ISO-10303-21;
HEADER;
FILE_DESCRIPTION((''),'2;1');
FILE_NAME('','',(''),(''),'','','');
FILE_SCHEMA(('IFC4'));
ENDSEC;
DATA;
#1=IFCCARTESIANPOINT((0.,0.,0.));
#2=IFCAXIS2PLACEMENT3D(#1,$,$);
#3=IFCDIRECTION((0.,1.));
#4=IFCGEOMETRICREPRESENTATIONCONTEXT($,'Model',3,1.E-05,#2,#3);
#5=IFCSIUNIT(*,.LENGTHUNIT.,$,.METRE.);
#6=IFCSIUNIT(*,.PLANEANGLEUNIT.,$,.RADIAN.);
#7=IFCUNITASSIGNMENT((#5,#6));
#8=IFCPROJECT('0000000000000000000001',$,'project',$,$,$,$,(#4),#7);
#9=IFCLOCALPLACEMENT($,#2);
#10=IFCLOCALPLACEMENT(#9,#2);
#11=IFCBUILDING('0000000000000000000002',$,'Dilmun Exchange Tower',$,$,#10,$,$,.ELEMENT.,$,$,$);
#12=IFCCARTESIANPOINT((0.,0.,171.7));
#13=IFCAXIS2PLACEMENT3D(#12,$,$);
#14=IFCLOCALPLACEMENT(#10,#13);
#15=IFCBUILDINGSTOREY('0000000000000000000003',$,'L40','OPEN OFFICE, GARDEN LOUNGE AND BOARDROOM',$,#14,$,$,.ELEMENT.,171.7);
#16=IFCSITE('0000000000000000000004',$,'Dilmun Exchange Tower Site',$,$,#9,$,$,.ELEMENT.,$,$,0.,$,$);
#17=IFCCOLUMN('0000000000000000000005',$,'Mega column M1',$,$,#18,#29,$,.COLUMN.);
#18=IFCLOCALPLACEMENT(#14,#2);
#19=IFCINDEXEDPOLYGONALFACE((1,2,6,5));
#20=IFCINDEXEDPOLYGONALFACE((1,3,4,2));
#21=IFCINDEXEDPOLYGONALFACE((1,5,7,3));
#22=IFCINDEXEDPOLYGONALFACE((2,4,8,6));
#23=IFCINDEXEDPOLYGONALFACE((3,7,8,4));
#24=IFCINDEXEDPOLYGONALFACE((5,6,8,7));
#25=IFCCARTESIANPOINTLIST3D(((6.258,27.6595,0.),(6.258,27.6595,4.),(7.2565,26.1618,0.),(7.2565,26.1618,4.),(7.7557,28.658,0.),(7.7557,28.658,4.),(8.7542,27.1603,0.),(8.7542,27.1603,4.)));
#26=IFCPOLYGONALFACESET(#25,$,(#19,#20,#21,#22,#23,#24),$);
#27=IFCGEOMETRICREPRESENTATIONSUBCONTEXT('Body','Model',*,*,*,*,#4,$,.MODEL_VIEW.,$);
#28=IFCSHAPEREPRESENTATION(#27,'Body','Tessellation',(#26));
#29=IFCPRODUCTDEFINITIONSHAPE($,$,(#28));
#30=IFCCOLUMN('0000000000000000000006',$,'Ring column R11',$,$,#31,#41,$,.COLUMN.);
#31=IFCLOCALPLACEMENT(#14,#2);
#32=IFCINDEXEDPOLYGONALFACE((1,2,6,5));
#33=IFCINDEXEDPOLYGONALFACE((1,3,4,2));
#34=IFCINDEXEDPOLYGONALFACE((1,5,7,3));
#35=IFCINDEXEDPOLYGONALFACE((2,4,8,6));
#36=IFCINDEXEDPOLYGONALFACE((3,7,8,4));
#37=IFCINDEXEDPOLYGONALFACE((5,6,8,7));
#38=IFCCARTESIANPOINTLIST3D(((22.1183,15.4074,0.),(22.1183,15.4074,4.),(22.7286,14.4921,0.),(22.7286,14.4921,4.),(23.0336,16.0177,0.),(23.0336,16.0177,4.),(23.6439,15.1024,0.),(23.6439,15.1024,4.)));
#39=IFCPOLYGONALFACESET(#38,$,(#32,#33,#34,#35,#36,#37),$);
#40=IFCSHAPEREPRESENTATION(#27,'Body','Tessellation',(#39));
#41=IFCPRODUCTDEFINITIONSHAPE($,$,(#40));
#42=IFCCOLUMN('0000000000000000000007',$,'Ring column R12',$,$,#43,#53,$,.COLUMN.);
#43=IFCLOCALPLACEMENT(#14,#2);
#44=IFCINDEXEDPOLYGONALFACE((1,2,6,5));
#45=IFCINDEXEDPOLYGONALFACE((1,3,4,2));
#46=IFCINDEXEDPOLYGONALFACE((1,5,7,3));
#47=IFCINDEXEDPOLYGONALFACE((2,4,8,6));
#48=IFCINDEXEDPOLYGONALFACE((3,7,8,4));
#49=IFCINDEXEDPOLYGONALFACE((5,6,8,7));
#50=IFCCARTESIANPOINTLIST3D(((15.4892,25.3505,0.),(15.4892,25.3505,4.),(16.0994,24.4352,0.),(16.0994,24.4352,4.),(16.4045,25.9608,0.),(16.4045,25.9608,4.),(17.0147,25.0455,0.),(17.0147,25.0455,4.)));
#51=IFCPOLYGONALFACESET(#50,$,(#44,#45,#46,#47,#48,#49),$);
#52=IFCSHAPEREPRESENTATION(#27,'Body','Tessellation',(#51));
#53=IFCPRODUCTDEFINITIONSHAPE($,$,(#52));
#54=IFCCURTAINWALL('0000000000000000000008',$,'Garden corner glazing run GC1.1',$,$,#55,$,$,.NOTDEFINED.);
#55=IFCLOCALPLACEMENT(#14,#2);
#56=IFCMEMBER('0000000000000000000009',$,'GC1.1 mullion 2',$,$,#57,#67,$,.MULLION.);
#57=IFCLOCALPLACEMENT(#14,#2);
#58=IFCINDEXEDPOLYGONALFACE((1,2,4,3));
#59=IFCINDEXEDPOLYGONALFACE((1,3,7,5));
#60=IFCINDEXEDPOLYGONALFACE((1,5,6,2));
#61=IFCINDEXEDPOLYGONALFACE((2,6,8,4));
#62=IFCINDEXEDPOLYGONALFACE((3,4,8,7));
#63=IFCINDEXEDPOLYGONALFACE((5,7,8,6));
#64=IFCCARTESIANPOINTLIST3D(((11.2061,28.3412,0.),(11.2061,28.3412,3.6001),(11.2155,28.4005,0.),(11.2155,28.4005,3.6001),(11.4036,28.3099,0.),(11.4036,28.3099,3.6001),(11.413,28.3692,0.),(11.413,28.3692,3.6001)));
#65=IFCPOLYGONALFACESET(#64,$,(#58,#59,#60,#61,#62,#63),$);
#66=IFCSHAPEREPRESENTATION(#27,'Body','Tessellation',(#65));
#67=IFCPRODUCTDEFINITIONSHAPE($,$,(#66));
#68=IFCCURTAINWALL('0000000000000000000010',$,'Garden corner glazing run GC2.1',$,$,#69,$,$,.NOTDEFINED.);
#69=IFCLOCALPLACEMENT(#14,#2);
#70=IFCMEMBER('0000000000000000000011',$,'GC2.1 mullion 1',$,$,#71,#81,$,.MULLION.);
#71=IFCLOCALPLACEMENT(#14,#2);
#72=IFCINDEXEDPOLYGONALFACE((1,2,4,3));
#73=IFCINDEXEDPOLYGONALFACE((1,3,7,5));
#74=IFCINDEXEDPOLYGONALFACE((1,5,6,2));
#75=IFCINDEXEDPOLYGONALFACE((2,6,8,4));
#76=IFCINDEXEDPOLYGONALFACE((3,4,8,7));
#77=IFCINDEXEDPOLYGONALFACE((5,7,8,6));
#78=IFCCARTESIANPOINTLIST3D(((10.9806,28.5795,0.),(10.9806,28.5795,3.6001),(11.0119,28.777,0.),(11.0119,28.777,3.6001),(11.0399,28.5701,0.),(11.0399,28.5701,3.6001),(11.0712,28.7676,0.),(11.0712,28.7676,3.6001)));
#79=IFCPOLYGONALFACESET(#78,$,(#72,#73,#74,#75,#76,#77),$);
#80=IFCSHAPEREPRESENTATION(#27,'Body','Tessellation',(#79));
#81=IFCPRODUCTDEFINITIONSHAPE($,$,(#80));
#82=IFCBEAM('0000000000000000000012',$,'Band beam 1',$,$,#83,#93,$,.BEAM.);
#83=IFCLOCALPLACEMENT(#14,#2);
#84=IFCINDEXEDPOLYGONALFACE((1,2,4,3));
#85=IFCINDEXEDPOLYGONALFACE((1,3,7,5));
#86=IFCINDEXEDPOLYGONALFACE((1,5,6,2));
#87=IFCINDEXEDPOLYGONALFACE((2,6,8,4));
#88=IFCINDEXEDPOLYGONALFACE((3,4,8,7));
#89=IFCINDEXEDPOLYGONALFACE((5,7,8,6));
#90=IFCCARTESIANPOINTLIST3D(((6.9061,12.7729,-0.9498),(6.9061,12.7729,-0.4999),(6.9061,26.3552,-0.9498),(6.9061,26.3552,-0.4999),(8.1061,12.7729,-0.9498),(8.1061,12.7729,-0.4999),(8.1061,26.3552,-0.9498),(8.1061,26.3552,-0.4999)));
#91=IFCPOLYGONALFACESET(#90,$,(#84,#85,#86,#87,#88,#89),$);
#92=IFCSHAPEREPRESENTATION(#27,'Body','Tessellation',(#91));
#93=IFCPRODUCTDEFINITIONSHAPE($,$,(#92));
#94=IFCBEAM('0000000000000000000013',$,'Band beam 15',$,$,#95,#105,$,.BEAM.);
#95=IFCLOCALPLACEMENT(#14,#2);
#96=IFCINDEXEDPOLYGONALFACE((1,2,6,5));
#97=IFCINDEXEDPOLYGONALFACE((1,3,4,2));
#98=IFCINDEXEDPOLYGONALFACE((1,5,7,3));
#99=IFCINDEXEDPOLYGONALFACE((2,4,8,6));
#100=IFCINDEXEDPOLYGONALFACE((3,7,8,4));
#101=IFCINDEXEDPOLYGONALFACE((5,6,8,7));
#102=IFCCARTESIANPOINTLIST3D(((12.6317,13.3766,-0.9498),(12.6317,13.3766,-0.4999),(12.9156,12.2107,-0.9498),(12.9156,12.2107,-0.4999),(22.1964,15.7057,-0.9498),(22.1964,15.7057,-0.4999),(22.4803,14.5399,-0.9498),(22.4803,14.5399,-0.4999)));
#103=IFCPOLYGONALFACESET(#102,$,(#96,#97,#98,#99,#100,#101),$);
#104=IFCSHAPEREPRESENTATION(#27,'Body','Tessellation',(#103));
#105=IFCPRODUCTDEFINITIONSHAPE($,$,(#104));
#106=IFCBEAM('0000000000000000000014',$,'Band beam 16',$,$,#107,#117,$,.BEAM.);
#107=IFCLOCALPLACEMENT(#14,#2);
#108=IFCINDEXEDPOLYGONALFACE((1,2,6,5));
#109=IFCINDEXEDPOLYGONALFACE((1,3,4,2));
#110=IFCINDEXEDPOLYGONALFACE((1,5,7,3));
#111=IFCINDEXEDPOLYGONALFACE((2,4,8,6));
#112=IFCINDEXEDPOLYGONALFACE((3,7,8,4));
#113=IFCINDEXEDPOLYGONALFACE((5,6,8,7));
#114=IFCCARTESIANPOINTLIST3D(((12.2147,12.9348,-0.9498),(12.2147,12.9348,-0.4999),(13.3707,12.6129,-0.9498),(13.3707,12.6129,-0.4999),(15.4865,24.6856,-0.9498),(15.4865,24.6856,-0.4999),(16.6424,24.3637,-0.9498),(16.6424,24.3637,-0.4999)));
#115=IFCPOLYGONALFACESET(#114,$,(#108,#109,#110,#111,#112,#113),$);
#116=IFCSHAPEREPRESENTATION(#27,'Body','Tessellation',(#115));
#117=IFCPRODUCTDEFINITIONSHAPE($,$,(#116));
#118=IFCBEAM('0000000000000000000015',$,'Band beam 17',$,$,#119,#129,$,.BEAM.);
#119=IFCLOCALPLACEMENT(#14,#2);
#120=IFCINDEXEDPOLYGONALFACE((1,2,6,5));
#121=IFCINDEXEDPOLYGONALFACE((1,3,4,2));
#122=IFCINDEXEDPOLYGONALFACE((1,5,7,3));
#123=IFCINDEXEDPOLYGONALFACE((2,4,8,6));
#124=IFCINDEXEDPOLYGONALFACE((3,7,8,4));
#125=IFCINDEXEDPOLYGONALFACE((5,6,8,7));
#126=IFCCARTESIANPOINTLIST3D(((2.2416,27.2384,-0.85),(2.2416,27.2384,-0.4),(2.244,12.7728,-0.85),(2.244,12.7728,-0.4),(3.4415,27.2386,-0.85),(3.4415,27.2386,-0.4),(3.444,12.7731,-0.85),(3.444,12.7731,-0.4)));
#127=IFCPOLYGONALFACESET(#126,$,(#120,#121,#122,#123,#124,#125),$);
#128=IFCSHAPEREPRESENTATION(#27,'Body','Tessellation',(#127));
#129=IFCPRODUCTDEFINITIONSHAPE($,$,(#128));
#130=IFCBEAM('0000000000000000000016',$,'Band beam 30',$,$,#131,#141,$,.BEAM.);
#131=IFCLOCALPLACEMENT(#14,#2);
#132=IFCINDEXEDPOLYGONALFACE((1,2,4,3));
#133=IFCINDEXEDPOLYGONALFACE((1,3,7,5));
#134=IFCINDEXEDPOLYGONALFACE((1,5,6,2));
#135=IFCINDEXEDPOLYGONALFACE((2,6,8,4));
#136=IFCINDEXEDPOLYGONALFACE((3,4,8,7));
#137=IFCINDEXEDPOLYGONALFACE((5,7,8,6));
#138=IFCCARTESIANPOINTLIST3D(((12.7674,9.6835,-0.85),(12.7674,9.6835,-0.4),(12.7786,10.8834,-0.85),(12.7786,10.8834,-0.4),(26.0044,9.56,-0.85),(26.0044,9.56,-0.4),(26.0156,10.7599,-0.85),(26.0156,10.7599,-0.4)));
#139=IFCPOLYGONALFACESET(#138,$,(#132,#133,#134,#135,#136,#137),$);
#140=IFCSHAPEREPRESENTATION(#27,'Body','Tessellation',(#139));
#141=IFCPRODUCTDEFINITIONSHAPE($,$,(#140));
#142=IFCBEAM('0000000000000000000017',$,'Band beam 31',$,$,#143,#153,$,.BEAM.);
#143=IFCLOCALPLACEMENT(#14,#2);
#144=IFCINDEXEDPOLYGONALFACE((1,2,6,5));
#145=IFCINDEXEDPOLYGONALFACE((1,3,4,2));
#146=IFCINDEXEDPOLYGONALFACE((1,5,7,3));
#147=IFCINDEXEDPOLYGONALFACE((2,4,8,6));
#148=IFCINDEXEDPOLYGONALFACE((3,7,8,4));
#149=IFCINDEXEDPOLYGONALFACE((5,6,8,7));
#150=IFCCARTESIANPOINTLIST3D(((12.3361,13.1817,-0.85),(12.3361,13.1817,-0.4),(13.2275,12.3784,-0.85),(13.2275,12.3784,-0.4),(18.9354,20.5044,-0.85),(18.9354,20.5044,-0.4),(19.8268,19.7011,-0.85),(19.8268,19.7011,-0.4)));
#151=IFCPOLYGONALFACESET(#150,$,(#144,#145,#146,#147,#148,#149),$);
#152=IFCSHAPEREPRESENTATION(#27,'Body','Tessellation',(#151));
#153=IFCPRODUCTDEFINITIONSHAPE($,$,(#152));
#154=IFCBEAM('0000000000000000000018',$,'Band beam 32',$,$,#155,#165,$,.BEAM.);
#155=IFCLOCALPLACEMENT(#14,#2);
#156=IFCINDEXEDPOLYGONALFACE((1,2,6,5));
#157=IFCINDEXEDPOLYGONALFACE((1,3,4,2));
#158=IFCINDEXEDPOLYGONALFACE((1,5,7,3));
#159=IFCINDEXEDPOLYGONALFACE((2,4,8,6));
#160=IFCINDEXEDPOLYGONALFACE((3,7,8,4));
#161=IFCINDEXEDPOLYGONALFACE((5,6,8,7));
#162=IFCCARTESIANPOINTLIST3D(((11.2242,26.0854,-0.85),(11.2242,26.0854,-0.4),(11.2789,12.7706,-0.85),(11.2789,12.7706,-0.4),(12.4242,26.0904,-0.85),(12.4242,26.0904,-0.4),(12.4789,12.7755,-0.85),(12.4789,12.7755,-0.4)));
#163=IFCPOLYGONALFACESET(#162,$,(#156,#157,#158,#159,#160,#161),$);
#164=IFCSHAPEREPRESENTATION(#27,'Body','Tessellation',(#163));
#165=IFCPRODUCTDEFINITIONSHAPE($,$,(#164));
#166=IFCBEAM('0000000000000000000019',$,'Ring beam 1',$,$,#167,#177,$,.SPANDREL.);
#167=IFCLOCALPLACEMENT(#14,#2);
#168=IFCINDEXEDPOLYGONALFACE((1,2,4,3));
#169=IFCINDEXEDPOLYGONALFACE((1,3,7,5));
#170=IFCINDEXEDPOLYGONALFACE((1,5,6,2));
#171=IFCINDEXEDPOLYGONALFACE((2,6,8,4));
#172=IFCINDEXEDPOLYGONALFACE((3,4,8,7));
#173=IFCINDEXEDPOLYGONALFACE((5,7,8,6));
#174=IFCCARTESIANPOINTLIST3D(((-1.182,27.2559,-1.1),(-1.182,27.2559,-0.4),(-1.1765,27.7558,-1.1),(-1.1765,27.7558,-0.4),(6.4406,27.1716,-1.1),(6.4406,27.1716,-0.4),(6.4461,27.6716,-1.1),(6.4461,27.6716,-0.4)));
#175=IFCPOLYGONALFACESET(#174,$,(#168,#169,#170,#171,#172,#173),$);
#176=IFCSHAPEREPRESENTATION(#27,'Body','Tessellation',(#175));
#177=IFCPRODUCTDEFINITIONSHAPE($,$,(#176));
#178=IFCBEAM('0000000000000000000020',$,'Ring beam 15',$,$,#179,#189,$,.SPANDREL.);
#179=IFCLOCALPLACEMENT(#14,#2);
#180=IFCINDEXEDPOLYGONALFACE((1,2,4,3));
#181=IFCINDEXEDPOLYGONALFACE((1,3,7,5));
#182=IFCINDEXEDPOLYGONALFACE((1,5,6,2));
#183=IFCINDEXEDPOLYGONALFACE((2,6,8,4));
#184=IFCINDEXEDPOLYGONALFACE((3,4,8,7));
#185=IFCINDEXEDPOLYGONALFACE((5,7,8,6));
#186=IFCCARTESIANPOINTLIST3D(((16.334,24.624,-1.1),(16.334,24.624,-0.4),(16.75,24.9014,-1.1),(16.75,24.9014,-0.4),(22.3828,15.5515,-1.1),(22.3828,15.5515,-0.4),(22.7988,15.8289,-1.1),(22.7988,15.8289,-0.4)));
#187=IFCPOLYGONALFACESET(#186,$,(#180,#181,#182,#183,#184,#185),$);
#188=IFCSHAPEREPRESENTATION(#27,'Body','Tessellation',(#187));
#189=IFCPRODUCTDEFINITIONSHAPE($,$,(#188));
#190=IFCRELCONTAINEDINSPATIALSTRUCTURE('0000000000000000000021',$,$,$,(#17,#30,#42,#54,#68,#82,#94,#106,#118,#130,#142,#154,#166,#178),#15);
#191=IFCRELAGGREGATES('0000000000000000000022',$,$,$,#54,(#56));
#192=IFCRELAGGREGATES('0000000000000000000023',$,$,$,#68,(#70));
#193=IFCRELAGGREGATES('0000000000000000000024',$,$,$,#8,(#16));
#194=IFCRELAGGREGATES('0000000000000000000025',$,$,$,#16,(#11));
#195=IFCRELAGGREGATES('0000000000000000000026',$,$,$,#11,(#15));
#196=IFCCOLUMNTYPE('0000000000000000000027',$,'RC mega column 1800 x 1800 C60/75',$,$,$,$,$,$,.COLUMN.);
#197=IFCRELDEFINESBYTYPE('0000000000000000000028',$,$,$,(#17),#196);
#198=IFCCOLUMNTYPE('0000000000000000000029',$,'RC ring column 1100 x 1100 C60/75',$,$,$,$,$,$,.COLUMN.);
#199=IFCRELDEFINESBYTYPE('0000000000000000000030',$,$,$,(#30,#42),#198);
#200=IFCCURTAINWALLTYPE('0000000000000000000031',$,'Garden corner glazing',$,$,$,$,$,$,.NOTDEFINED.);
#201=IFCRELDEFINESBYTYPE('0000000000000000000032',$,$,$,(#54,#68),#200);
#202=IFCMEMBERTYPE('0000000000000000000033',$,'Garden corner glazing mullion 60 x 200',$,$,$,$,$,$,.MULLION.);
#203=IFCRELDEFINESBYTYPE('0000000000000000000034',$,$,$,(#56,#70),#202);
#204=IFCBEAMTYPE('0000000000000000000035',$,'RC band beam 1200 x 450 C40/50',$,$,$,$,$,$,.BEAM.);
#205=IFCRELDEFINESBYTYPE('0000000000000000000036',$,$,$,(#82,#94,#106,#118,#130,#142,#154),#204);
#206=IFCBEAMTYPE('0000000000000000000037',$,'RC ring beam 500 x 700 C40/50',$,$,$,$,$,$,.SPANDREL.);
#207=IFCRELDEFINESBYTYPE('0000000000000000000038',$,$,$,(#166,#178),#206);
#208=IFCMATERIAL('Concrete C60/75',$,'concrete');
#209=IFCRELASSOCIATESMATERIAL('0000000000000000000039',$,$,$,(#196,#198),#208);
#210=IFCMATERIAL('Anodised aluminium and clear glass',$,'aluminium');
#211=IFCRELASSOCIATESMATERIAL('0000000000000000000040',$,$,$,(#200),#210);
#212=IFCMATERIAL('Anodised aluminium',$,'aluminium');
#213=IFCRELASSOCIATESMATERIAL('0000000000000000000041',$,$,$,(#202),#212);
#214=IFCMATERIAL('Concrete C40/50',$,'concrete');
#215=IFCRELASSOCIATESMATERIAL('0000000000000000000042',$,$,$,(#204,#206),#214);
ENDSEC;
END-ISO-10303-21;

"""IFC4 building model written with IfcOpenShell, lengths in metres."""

from ifc_helpers import new_model, si_unit, direction, frame, origin, origin_2d, place, context, subcontext, project, spatial, rectangle, extrude, material, material_profile, profile_set, type_object, element, aggregate, save


model = new_model("IFC4")

# Units and contexts
model_context = context("Model", 3, precision=1e-05, world=origin(), true_north=direction((0.0, 1.0)))
body_context = subcontext(model_context, "Body", "Model", "MODEL_VIEW")
ifc_project = project(units=[si_unit("LENGTHUNIT", "METRE"), si_unit("PLANEANGLEUNIT", "RADIAN")], contexts=[model_context])

# Site, building, storey
site_placement = place(None, origin())
site = spatial("IfcSite", under=ifc_project, at=site_placement, Name="Dilmun Exchange Tower Site", CompositionType="ELEMENT", RefElevation=0.0)
building_placement = place(site_placement, origin())
building = spatial("IfcBuilding", under=site, at=building_placement, Name="Dilmun Exchange Tower", CompositionType="ELEMENT")
storey_placement = place(building_placement, frame((0.0, 0.0, 171.7)))
storey = spatial("IfcBuildingStorey", under=building, at=storey_placement, Name="L40", Description="OPEN OFFICE, GARDEN LOUNGE AND BOARDROOM", CompositionType="ELEMENT", Elevation=171.7)

# Columns
ifc_material_1 = material(Name="Concrete C60/75", Category="concrete")
ifc_material_profile_1 = material_profile(ifc_material_1, rectangle(XDim=1.8, YDim=1.8, at=origin_2d()), Name="1800 x 1800")
ifc_profile_set_1 = profile_set([ifc_material_profile_1], Name="Concrete C60/75")
column_type_1 = type_object("IfcColumnType", Name="RC mega column 1800 x 1800 C60/75", PredefinedType="COLUMN", material=ifc_profile_set_1)
column_placement = place(storey_placement, frame((7.5061, 27.4099, 0.0), z_axis=(0.0, 0.0, 1.0), x_axis=(0.832029, 0.554733, 0.0)))
element("IfcColumn", 1, at=column_placement, inside=storey, type_object=column_type_1, Name="Mega column M1", PredefinedType="COLUMN", context=body_context, shape_type="SweptSolid", body=[
    extrude(rectangle(XDim=1.8, YDim=1.8, at=origin_2d()), origin(), (0.0, 0.0, 1.0), 4.0),
])
ifc_material_profile_2 = material_profile(ifc_material_1, rectangle(XDim=1.1001, YDim=1.1001, at=origin_2d()), Name="1100 x 1100")
ifc_profile_set_2 = profile_set([ifc_material_profile_2], Name="Concrete C60/75")
column_type_2 = type_object("IfcColumnType", Name="RC ring column 1100 x 1100 C60/75", PredefinedType="COLUMN", material=ifc_profile_set_2)
for number, where, z_axis, x_axis, name in (
    (2, (22.8811, 15.2549, 0.0), (0.0, 0.0, 1.0), (0.832029, 0.554733, 0.0), "Ring column R11"),
    (3, (16.252, 25.198, 0.0), (0.0, 0.0, 1.0), (0.832029, 0.554733, 0.0), "Ring column R12"),
):
    element("IfcColumn", number, at=place(storey_placement, frame(where, z_axis=z_axis, x_axis=x_axis)), inside=storey, type_object=column_type_2, Name=name, PredefinedType="COLUMN", context=body_context, shape_type="SweptSolid", body=[
        extrude(rectangle(XDim=1.1001, YDim=1.1001, at=origin_2d()), origin(), (0.0, 0.0, 1.0), 4.0),
    ])

# Curtain walls, members
ifc_material_2 = material(Name="Anodised aluminium and clear glass", Category="aluminium")
curtain_wall_type = type_object("IfcCurtainWallType", Name="Garden corner glazing", PredefinedType="NOTDEFINED", material=ifc_material_2)
curtain_wall_1_placement = place(storey_placement, origin())
curtain_wall_1 = element("IfcCurtainWall", 4, at=curtain_wall_1_placement, inside=storey, type_object=curtain_wall_type, Name="Garden corner glazing run GC1.1", PredefinedType="NOTDEFINED")
ifc_material_3 = material(Name="Anodised aluminium", Category="aluminium")
ifc_material_profile_3 = material_profile(ifc_material_3, rectangle(XDim=0.2, YDim=0.0601, at=origin_2d()), Name="AL 60x200")
ifc_profile_set_3 = profile_set([ifc_material_profile_3], Name="Anodised aluminium")
member_type = type_object("IfcMemberType", Name="Garden corner glazing mullion 60 x 200", PredefinedType="MULLION", material=ifc_profile_set_3)
member_1_placement = place(storey_placement, frame((11.3096, 28.3552, 0.0), z_axis=(0.0, 0.0, 1.0), x_axis=(0.987688, -0.156439, 0.0)))
member_1 = element("IfcMember", 5, at=member_1_placement, type_object=member_type, Name="GC1.1 mullion 2", PredefinedType="MULLION", context=body_context, shape_type="SweptSolid", body=[
    extrude(rectangle(XDim=0.2, YDim=0.0601, at=origin_2d()), origin(), (0.0, 0.0, 1.0), 3.6001),
])
aggregate(curtain_wall_1, [member_1])
curtain_wall_2_placement = place(storey_placement, origin())
curtain_wall_2 = element("IfcCurtainWall", 6, at=curtain_wall_2_placement, inside=storey, type_object=curtain_wall_type, Name="Garden corner glazing run GC2.1", PredefinedType="NOTDEFINED")
member_2_placement = place(storey_placement, frame((11.0259, 28.6736, 0.0), z_axis=(0.0, 0.0, 1.0), x_axis=(-0.156421, -0.98769, 0.0)))
member_2 = element("IfcMember", 7, at=member_2_placement, type_object=member_type, Name="GC2.1 mullion 1", PredefinedType="MULLION", context=body_context, shape_type="SweptSolid", body=[
    extrude(rectangle(XDim=0.2, YDim=0.0601, at=origin_2d()), origin(), (0.0, 0.0, 1.0), 3.6001),
])
aggregate(curtain_wall_2, [member_2])

# Beams
ifc_material_4 = material(Name="Concrete C40/50", Category="concrete")
ifc_material_profile_4 = material_profile(ifc_material_4, rectangle(XDim=1.2, YDim=0.45, at=origin_2d()), Name="1200 x 450")
ifc_profile_set_4 = profile_set([ifc_material_profile_4], Name="Concrete C40/50")
beam_type_1 = type_object("IfcBeamType", Name="RC band beam 1200 x 450 C40/50", PredefinedType="BEAM", material=ifc_profile_set_4)
beam_1_placement = place(storey_placement, frame((7.5061, 26.3552, -0.7249), z_axis=(0.0, -1.0, 0.0), x_axis=(1.0, 0.0, 0.0)))
element("IfcBeam", 8, at=beam_1_placement, inside=storey, type_object=beam_type_1, Name="Band beam 1", PredefinedType="BEAM", context=body_context, shape_type="SweptSolid", body=[
    extrude(rectangle(XDim=1.2, YDim=0.45, at=origin_2d()), origin(), (0.0, 0.0, 1.0), 13.5823),
])
beam_2_placement = place(storey_placement, frame((22.3384, 15.1228, -0.7249), z_axis=(-0.971608, -0.236596, 0.0), x_axis=(0.236596, -0.971608, 0.0)))
element("IfcBeam", 9, at=beam_2_placement, inside=storey, type_object=beam_type_1, Name="Band beam 15", PredefinedType="BEAM", context=body_context, shape_type="SweptSolid", body=[
    extrude(rectangle(XDim=1.2, YDim=0.45, at=origin_2d()), origin(), (0.0, 0.0, 1.0), 9.8442),
])
beam_3_placement = place(storey_placement, frame((16.0645, 24.5247, -0.7249), z_axis=(-0.268225, -0.963356, 0.0), x_axis=(0.963356, -0.268225, 0.0)))
element("IfcBeam", 10, at=beam_3_placement, inside=storey, type_object=beam_type_1, Name="Band beam 16", PredefinedType="BEAM", context=body_context, shape_type="SweptSolid", body=[
    extrude(rectangle(XDim=1.2, YDim=0.45, at=origin_2d()), origin(), (0.0, 0.0, 1.0), 12.1978),
])
beam_4_placement = place(storey_placement, frame((2.8416, 27.2385, -0.625), z_axis=(0.000169, -1.0, 0.0), x_axis=(1.0, 0.000169, 0.0)))
element("IfcBeam", 11, at=beam_4_placement, inside=storey, type_object=beam_type_1, Name="Band beam 17", PredefinedType="BEAM", context=body_context, shape_type="SweptSolid", body=[
    extrude(rectangle(XDim=1.2, YDim=0.45, at=origin_2d()), origin(), (0.0, 0.0, 1.0), 14.4656),
])
beam_5_placement = place(storey_placement, frame((26.01, 10.1599, -0.625), z_axis=(-0.999956, 0.009332, 0.0), x_axis=(-0.009332, -0.999956, 0.0)))
element("IfcBeam", 12, at=beam_5_placement, inside=storey, type_object=beam_type_1, Name="Band beam 30", PredefinedType="BEAM", context=body_context, shape_type="SweptSolid", body=[
    extrude(rectangle(XDim=1.2, YDim=0.45, at=origin_2d()), origin(), (0.0, 0.0, 1.0), 13.2375),
])
beam_6_placement = place(storey_placement, frame((19.3811, 20.1028, -0.625), z_axis=(-0.669463, -0.742846, 0.0), x_axis=(0.742846, -0.669463, 0.0)))
element("IfcBeam", 13, at=beam_6_placement, inside=storey, type_object=beam_type_1, Name="Band beam 31", PredefinedType="BEAM", context=body_context, shape_type="SweptSolid", body=[
    extrude(rectangle(XDim=1.2, YDim=0.45, at=origin_2d()), origin(), (0.0, 0.0, 1.0), 9.8577),
])
beam_7_placement = place(storey_placement, frame((11.8242, 26.0879, -0.625), z_axis=(0.004107, -0.999992, 0.0), x_axis=(0.999992, 0.004107, 0.0)))
element("IfcBeam", 14, at=beam_7_placement, inside=storey, type_object=beam_type_1, Name="Band beam 32", PredefinedType="BEAM", context=body_context, shape_type="SweptSolid", body=[
    extrude(rectangle(XDim=1.2, YDim=0.45, at=origin_2d()), origin(), (0.0, 0.0, 1.0), 13.3149),
])
ifc_material_profile_5 = material_profile(ifc_material_4, rectangle(XDim=0.5, YDim=0.7, at=origin_2d()), Name="500 x 700")
ifc_profile_set_5 = profile_set([ifc_material_profile_5], Name="Concrete C40/50")
beam_type_2 = type_object("IfcBeamType", Name="RC ring beam 500 x 700 C40/50", PredefinedType="SPANDREL", material=ifc_profile_set_5)
beam_8_placement = place(storey_placement, frame((6.4434, 27.4216, -0.75), z_axis=(-0.999939, 0.011049, 0.0), x_axis=(-0.011049, -0.999939, 0.0)))
element("IfcBeam", 15, at=beam_8_placement, inside=storey, type_object=beam_type_2, Name="Ring beam 1", PredefinedType="SPANDREL", context=body_context, shape_type="SweptSolid", body=[
    extrude(rectangle(XDim=0.5, YDim=0.7, at=origin_2d()), origin(), (0.0, 0.0, 1.0), 7.623),
])
beam_9_placement = place(storey_placement, frame((22.5908, 15.6902, -0.75), z_axis=(-0.554731, 0.83203, 0.0), x_axis=(-0.83203, -0.554731, 0.0)))
element("IfcBeam", 16, at=beam_9_placement, inside=storey, type_object=beam_type_2, Name="Ring beam 15", PredefinedType="SPANDREL", context=body_context, shape_type="SweptSolid", body=[
    extrude(rectangle(XDim=0.5, YDim=0.7, at=origin_2d()), origin(), (0.0, 0.0, 1.0), 10.9041),
])

save(model, "model.ifc")
